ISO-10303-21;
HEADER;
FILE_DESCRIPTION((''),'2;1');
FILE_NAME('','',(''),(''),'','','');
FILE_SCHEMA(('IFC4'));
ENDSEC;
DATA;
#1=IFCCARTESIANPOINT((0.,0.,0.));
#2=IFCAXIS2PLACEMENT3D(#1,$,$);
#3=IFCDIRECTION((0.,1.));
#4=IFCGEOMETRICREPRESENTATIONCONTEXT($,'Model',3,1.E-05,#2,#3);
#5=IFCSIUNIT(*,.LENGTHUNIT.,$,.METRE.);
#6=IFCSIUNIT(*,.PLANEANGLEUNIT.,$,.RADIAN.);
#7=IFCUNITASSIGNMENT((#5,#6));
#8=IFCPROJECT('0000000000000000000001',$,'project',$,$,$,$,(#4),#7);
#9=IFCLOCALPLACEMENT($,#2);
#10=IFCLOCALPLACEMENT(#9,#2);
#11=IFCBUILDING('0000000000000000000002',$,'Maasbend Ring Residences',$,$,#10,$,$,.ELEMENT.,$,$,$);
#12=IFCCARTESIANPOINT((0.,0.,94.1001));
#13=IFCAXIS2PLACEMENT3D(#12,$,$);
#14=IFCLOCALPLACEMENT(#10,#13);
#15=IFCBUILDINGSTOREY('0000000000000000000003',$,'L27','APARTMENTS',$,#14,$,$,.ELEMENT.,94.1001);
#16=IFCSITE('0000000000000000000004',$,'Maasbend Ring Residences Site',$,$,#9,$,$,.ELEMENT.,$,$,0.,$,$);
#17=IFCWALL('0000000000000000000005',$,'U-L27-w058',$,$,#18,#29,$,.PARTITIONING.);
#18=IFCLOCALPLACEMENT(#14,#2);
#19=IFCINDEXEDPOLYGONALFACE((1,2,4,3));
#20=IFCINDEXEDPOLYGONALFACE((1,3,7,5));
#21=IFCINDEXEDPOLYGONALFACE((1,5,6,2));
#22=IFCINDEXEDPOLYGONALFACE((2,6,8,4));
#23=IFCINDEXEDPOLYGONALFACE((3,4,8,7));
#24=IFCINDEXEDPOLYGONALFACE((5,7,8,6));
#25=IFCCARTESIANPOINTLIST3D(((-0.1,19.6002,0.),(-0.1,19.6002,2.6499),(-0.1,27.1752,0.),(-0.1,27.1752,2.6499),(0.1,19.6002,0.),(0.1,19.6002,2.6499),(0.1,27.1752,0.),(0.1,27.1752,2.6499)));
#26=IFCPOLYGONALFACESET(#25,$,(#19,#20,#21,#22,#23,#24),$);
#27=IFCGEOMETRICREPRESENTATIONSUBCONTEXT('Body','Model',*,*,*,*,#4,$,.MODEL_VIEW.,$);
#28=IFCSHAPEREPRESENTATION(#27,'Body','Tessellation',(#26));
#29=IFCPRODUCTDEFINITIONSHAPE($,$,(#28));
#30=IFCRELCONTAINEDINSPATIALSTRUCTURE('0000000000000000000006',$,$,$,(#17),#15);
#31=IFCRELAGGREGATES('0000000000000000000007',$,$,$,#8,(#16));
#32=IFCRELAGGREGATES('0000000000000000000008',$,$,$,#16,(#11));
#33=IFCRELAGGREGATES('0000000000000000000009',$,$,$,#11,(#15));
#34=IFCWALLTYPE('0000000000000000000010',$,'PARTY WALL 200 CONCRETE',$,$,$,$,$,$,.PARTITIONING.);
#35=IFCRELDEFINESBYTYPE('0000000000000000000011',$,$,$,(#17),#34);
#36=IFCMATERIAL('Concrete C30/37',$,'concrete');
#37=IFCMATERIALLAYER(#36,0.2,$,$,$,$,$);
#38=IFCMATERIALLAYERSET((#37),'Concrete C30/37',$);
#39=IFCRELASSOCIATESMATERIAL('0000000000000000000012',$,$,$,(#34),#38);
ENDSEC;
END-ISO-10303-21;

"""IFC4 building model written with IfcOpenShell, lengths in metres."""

from ifc_helpers import new_model, si_unit, direction, frame, frame_2d, origin, place, context, subcontext, project, spatial, rectangle, extrude, material, layer, layer_set, type_object, element, save


model = new_model("IFC4")

# Units and contexts
model_context = context("Model", 3, precision=1e-05, world=origin(), true_north=direction((0.0, 1.0)))
body_context = subcontext(model_context, "Body", "Model", "MODEL_VIEW")
ifc_project = project(units=[si_unit("LENGTHUNIT", "METRE"), si_unit("PLANEANGLEUNIT", "RADIAN")], contexts=[model_context])

# Site, building, storey
site_placement = place(None, origin())
site = spatial("IfcSite", under=ifc_project, at=site_placement, Name="Maasbend Ring Residences Site", CompositionType="ELEMENT", RefElevation=0.0)
building_placement = place(site_placement, origin())
building = spatial("IfcBuilding", under=site, at=building_placement, Name="Maasbend Ring Residences", CompositionType="ELEMENT")
storey_placement = place(building_placement, frame((0.0, 0.0, 94.1001)))
storey = spatial("IfcBuildingStorey", under=building, at=storey_placement, Name="L27", Description="APARTMENTS", CompositionType="ELEMENT", Elevation=94.1001)

# Wall
ifc_material_1 = material(Name="Concrete C30/37", Category="concrete")
ifc_layer_1 = layer(ifc_material_1, 0.2)
ifc_layer_set_1 = layer_set([ifc_layer_1], Name="Concrete C30/37")
wall_type_1 = type_object("IfcWallType", Name="PARTY WALL 200 CONCRETE", PredefinedType="PARTITIONING", material=ifc_layer_set_1)
wall_1_placement = place(storey_placement, frame((0.0, 19.6001, 0.0), z_axis=(0.0, 0.0, 1.0), x_axis=(0.0, 1.0, 0.0)))
element("IfcWall", 1, at=wall_1_placement, inside=storey, type_object=wall_type_1, Name="U-L27-w058", PredefinedType="PARTITIONING", context=body_context, shape_type="SweptSolid", body=[
    extrude(rectangle(XDim=7.575, YDim=0.2, at=frame_2d((3.7876, 0.0))), origin(), (0.0, 0.0, 1.0), 2.6499),
])

save(model, "model.ifc")
